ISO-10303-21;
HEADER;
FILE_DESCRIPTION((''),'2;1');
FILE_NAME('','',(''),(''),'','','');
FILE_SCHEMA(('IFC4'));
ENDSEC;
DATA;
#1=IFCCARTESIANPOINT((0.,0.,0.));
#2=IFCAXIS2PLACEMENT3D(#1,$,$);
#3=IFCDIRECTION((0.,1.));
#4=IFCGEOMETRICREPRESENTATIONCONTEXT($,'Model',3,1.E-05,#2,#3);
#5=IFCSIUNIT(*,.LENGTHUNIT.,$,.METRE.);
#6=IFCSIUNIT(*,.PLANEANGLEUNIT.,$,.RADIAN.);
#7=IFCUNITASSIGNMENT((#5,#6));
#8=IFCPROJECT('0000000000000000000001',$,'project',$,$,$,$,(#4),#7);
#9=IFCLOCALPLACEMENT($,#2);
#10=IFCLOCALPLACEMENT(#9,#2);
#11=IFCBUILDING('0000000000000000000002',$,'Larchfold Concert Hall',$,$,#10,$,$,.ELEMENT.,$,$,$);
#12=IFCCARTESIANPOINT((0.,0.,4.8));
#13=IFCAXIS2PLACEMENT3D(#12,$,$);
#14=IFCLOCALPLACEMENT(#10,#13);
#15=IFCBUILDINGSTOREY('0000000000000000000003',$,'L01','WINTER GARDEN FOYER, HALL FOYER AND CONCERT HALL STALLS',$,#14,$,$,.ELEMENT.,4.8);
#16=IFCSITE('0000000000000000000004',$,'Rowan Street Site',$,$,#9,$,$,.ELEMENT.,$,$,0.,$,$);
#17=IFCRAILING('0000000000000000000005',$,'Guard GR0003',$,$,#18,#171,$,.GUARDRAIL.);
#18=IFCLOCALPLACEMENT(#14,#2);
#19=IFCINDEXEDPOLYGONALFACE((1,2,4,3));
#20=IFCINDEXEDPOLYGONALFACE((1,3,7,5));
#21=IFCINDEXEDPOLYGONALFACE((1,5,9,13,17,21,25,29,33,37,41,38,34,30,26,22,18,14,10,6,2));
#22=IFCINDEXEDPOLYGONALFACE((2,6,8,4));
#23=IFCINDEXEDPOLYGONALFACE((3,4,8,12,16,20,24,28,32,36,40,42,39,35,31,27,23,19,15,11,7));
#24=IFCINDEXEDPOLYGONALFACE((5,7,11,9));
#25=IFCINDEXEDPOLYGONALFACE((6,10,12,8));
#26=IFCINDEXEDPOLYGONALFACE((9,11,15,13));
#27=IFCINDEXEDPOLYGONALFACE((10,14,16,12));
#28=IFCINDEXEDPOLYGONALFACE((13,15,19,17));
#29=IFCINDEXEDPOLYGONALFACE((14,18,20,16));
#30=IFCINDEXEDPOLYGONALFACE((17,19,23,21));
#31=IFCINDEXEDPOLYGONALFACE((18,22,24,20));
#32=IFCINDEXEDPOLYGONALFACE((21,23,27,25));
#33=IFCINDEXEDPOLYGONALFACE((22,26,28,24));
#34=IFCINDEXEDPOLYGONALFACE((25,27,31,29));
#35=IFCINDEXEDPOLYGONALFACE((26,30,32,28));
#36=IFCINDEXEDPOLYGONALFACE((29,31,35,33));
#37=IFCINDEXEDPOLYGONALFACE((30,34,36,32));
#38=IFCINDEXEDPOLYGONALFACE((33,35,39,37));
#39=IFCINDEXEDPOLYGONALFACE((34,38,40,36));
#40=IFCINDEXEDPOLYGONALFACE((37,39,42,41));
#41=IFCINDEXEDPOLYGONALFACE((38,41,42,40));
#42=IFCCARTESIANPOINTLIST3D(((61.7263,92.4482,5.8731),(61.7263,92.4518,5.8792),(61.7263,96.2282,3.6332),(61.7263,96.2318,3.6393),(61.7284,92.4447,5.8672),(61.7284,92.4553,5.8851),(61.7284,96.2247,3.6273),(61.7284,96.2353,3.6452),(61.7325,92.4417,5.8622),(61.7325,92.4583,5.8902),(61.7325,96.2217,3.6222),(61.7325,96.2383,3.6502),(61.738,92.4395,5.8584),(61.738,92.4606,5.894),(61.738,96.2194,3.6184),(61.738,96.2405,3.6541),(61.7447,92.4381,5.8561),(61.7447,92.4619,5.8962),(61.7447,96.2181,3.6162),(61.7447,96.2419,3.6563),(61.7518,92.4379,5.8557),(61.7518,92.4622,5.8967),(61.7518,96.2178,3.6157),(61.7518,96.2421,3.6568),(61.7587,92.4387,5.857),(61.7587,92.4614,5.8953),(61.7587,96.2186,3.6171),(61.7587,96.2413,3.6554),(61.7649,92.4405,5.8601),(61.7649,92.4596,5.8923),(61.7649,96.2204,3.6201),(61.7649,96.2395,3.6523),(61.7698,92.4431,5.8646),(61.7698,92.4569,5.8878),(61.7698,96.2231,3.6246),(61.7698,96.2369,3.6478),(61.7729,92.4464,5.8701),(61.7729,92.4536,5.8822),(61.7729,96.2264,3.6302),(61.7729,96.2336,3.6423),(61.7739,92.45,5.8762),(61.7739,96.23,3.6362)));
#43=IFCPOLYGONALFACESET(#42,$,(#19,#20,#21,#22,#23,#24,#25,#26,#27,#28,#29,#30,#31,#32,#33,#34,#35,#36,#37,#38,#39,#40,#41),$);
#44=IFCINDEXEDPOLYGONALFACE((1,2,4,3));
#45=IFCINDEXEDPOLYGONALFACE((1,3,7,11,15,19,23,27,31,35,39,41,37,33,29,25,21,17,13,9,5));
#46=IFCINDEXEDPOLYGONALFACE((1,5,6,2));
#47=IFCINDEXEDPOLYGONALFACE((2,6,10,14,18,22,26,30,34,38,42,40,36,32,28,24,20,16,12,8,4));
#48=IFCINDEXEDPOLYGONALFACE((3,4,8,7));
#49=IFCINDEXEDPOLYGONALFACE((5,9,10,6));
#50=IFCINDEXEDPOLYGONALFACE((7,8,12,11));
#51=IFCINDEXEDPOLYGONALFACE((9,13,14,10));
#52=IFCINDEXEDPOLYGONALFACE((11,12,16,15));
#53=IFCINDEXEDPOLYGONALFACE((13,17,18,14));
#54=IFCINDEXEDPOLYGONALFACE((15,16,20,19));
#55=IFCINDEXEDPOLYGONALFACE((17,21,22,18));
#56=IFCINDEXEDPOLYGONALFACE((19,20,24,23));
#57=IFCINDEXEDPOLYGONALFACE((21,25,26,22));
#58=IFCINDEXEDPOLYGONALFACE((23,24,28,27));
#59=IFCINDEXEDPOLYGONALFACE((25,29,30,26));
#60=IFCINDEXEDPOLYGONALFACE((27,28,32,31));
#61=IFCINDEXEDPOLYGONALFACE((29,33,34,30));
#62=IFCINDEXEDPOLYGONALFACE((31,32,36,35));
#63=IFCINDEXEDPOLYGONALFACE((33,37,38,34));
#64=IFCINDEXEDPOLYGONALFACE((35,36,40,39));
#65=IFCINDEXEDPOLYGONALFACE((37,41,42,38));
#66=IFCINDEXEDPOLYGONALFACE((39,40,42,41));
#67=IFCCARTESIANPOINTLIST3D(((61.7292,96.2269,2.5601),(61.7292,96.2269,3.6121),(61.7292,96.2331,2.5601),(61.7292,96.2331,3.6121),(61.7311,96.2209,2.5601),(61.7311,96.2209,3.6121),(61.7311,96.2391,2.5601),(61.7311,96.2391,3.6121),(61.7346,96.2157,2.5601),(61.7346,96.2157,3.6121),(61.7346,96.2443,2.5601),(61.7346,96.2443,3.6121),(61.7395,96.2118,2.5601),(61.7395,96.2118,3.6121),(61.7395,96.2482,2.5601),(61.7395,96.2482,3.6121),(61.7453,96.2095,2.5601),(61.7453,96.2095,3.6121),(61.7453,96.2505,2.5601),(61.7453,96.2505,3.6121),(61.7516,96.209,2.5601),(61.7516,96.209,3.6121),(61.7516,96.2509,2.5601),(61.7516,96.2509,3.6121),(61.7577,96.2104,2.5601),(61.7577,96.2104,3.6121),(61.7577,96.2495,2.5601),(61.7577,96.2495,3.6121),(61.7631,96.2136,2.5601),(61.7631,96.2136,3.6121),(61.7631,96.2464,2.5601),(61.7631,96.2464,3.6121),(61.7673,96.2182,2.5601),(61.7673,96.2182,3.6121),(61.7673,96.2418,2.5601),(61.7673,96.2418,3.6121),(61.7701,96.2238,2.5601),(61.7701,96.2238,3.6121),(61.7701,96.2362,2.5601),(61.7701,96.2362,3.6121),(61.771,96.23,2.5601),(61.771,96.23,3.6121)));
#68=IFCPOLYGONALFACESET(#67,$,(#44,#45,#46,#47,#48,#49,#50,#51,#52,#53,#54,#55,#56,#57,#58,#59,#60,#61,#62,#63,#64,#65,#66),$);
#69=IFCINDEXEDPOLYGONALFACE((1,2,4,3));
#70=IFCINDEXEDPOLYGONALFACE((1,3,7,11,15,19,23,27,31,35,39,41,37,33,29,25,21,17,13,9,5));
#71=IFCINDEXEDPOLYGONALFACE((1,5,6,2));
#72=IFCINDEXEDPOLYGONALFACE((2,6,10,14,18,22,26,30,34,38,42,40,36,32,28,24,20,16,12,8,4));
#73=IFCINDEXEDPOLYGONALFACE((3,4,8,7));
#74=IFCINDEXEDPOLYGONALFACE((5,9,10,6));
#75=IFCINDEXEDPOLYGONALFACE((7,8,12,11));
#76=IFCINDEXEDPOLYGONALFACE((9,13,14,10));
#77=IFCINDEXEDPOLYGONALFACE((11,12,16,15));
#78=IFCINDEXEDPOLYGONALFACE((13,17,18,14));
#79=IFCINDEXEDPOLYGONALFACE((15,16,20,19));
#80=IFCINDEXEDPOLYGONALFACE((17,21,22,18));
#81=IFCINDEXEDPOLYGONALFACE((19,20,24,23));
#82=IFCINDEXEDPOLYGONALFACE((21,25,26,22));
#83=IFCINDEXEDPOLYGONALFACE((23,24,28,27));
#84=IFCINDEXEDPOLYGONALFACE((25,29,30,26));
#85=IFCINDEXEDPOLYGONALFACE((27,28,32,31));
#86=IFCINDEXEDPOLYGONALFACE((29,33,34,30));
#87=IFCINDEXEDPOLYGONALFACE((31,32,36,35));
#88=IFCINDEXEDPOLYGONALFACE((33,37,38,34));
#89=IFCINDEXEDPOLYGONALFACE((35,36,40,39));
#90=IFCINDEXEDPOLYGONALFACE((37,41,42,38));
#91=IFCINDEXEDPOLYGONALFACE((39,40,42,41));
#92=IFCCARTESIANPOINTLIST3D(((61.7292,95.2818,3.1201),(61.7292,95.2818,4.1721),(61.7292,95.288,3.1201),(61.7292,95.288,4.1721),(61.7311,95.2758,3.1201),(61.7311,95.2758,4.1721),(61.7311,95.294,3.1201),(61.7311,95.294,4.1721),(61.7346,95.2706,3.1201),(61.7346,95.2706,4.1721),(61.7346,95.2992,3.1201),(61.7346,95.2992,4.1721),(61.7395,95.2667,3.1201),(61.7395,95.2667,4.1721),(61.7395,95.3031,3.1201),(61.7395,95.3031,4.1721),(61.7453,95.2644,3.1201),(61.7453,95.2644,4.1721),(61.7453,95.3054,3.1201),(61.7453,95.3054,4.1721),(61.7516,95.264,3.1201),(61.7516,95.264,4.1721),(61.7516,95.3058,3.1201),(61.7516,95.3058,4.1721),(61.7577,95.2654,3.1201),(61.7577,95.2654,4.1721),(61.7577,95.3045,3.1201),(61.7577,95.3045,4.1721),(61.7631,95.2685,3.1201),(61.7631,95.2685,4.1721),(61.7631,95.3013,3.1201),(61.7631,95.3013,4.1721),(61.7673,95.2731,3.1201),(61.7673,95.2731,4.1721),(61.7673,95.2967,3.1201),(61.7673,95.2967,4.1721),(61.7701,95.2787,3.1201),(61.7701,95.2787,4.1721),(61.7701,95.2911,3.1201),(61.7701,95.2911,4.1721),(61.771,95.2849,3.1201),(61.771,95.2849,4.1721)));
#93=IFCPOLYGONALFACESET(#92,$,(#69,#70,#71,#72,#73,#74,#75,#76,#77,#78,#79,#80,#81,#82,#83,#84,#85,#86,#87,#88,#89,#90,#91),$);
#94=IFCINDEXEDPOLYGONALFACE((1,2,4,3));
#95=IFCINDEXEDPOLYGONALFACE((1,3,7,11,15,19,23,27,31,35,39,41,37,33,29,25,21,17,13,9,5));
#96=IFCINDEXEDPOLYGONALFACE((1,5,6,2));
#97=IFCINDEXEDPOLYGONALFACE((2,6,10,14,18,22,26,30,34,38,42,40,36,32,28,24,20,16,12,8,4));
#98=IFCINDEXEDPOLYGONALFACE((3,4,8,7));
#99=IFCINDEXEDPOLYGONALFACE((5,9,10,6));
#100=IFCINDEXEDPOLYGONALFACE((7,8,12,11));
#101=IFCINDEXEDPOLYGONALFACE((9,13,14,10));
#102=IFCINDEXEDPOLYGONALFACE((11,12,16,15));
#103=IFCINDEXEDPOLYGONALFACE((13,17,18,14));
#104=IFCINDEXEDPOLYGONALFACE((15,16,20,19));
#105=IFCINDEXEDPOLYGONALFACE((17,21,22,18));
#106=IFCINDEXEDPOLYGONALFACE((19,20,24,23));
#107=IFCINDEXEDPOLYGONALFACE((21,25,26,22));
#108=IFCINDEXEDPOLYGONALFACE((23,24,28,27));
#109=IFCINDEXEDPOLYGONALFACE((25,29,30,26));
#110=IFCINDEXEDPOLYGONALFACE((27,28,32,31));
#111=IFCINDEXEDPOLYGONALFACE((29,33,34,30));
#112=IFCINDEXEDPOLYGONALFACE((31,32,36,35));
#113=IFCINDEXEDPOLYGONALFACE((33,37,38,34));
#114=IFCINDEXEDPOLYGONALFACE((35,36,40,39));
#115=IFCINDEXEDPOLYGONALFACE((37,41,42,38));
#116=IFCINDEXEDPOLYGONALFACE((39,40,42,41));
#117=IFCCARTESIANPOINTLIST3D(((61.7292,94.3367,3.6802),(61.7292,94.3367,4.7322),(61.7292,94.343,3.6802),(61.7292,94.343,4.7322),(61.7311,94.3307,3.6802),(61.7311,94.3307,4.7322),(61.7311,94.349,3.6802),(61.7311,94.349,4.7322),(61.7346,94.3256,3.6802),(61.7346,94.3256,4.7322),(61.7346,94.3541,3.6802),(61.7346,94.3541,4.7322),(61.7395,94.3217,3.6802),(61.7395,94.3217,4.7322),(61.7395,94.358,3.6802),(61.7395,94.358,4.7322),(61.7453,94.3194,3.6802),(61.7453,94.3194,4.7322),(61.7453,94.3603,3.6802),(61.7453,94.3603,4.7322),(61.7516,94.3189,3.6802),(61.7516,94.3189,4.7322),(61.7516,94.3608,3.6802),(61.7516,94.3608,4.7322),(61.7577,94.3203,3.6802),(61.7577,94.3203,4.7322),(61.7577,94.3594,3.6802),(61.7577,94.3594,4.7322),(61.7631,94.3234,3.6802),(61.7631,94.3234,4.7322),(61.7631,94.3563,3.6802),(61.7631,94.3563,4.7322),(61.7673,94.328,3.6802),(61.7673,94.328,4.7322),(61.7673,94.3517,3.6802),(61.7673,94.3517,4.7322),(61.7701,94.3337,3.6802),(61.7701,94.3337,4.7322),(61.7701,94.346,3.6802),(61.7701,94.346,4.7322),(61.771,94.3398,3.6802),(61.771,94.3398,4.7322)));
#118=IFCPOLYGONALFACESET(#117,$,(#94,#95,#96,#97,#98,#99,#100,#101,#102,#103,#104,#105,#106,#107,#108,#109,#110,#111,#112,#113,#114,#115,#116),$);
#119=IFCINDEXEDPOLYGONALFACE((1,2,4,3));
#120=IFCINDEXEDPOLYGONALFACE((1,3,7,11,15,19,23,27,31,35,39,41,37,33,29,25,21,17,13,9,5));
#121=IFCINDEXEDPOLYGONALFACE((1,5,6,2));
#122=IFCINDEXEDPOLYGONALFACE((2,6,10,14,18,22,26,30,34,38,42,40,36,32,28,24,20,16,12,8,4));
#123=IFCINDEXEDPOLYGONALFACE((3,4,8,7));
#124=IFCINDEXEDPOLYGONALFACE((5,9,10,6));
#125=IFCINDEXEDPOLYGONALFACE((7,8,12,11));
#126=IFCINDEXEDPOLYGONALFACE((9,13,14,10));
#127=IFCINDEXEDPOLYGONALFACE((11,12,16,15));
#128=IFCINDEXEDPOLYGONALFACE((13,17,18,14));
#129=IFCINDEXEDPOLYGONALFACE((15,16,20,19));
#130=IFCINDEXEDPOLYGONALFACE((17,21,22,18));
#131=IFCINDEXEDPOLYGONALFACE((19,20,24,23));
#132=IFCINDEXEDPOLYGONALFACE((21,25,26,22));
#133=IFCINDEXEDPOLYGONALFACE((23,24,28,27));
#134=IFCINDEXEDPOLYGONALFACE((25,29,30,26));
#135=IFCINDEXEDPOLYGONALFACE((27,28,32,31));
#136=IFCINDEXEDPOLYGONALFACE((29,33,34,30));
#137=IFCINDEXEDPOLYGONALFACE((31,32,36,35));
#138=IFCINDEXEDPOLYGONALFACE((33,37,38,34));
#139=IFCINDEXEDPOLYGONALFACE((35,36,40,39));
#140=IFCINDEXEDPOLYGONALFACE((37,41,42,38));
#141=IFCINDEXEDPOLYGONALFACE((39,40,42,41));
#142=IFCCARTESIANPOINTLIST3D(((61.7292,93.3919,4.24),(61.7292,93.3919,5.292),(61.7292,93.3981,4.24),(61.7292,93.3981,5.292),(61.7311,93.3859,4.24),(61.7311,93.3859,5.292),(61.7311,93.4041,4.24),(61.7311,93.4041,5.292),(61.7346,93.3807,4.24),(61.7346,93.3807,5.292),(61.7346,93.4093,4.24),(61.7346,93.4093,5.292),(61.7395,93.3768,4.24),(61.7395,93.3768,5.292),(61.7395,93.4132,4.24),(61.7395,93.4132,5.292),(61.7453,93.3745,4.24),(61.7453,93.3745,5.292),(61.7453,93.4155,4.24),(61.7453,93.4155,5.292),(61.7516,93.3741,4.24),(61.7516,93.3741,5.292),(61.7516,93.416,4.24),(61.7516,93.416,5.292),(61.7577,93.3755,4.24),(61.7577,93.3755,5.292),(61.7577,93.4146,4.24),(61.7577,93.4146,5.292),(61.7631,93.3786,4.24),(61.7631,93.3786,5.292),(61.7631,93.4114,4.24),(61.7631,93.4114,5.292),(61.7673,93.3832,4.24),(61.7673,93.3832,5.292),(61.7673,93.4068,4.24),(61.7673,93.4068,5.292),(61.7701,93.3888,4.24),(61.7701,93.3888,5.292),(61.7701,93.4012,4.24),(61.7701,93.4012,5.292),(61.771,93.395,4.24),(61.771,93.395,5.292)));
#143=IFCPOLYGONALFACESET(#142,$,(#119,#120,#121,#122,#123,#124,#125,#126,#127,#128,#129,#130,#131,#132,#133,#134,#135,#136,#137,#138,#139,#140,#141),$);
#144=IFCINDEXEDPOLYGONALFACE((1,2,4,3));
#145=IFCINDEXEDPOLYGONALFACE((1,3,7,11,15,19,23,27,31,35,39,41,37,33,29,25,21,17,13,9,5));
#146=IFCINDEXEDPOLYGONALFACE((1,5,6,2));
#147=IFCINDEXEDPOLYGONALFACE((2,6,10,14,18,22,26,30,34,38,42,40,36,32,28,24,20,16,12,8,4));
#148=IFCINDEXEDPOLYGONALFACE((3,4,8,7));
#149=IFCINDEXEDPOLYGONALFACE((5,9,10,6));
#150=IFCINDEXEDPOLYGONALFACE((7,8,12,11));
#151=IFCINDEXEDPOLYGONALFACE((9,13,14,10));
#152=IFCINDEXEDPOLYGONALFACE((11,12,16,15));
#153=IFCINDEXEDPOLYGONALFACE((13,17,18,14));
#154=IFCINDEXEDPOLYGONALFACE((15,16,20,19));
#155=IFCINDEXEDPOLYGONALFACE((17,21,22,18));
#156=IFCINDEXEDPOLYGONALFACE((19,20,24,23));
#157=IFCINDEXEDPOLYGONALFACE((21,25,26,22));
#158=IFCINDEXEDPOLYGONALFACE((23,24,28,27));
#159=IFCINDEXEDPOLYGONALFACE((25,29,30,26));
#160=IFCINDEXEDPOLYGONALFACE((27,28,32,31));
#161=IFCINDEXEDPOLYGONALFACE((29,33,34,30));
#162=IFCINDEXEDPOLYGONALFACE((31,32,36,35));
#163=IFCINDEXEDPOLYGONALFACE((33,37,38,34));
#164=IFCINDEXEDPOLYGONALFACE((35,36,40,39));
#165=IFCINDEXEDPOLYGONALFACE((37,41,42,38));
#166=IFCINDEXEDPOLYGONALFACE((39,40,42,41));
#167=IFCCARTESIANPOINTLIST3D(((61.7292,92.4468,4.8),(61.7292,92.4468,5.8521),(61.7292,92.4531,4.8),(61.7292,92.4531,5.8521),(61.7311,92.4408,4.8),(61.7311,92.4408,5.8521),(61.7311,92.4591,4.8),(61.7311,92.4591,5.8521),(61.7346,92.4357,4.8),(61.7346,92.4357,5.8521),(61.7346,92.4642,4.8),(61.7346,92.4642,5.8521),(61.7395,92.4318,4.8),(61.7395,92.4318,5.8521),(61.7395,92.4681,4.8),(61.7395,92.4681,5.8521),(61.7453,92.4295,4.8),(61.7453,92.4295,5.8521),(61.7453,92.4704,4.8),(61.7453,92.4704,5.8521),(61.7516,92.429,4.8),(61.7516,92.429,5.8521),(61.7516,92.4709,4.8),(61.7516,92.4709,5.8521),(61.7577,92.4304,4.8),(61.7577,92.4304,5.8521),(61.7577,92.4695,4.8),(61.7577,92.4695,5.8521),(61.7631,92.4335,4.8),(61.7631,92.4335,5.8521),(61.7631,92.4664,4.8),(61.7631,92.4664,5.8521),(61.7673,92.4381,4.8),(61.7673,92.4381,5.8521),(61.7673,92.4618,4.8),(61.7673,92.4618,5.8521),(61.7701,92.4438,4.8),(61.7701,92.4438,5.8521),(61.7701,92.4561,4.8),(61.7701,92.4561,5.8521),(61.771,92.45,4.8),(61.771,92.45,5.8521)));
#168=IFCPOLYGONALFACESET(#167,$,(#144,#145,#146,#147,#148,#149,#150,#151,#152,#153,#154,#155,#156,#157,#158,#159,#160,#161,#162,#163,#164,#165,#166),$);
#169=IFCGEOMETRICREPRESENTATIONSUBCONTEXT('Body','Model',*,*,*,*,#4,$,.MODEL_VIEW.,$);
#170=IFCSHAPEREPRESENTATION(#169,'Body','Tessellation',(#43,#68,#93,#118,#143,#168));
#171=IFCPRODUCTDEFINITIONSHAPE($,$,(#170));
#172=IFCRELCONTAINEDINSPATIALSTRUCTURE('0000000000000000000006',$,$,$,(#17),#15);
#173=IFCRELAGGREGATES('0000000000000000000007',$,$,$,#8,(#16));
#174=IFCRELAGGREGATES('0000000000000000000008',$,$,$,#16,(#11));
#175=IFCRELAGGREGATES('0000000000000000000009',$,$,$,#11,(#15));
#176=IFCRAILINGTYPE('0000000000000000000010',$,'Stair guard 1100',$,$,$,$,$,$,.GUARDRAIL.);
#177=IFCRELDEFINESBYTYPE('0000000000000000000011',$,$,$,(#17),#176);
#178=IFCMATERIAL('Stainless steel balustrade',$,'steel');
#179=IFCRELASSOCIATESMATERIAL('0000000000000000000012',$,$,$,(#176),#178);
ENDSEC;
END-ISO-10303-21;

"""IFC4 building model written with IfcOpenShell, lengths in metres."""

from ifc_helpers import new_model, si_unit, direction, frame, origin, origin_2d, place, context, subcontext, project, spatial, circle, extrude, material, type_object, element, save


model = new_model("IFC4")

# Units and contexts
model_context = context("Model", 3, precision=1e-05, world=origin(), true_north=direction((0.0, 1.0)))
body_context = subcontext(model_context, "Body", "Model", "MODEL_VIEW")
ifc_project = project(units=[si_unit("LENGTHUNIT", "METRE"), si_unit("PLANEANGLEUNIT", "RADIAN")], contexts=[model_context])

# Site, building, storey
site_placement = place(None, origin())
site = spatial("IfcSite", under=ifc_project, at=site_placement, Name="Rowan Street Site", CompositionType="ELEMENT", RefElevation=0.0)
building_placement = place(site_placement, origin())
building = spatial("IfcBuilding", under=site, at=building_placement, Name="Larchfold Concert Hall", CompositionType="ELEMENT")
storey_placement = place(building_placement, frame((0.0, 0.0, 4.8)))
storey = spatial("IfcBuildingStorey", under=building, at=storey_placement, Name="L01", Description="WINTER GARDEN FOYER, HALL FOYER AND CONCERT HALL STALLS", CompositionType="ELEMENT", Elevation=4.8)

# Railing
ifc_material_1 = material(Name="Stainless steel balustrade", Category="steel")
railing_type_1 = type_object("IfcRailingType", Name="Stair guard 1100", PredefinedType="GUARDRAIL", material=ifc_material_1)
railing_1_placement = place(storey_placement, frame((61.75, 96.23, 2.5601)))
element("IfcRailing", 1, at=railing_1_placement, inside=storey, type_object=railing_type_1, Name="Guard GR0003", PredefinedType="GUARDRAIL", context=body_context, shape_type="SweptSolid", body=[
    extrude(circle(Radius=0.0239, at=origin_2d()), frame((0.0, 0.0, 1.0762), z_axis=(0.0, -0.860294, 0.509798), x_axis=(1.0, 0.0, 0.0)), (0.0, 0.0, 1.0), 4.3938),
    extrude(circle(Radius=0.021, at=origin_2d()), origin(), (0.0, 0.0, 1.0), 1.052),
    extrude(circle(Radius=0.021, at=origin_2d()), frame((0.0, -0.9451, 0.5601)), (0.0, 0.0, 1.0), 1.052),
    extrude(circle(Radius=0.021, at=origin_2d()), frame((0.0, -1.8901, 1.1201)), (0.0, 0.0, 1.0), 1.052),
    extrude(circle(Radius=0.021, at=origin_2d()), frame((0.0, -2.835, 1.6799)), (0.0, 0.0, 1.0), 1.052),
    extrude(circle(Radius=0.021, at=origin_2d()), frame((0.0, -3.78, 2.24)), (0.0, 0.0, 1.0), 1.052),
])

save(model, "model.ifc")
